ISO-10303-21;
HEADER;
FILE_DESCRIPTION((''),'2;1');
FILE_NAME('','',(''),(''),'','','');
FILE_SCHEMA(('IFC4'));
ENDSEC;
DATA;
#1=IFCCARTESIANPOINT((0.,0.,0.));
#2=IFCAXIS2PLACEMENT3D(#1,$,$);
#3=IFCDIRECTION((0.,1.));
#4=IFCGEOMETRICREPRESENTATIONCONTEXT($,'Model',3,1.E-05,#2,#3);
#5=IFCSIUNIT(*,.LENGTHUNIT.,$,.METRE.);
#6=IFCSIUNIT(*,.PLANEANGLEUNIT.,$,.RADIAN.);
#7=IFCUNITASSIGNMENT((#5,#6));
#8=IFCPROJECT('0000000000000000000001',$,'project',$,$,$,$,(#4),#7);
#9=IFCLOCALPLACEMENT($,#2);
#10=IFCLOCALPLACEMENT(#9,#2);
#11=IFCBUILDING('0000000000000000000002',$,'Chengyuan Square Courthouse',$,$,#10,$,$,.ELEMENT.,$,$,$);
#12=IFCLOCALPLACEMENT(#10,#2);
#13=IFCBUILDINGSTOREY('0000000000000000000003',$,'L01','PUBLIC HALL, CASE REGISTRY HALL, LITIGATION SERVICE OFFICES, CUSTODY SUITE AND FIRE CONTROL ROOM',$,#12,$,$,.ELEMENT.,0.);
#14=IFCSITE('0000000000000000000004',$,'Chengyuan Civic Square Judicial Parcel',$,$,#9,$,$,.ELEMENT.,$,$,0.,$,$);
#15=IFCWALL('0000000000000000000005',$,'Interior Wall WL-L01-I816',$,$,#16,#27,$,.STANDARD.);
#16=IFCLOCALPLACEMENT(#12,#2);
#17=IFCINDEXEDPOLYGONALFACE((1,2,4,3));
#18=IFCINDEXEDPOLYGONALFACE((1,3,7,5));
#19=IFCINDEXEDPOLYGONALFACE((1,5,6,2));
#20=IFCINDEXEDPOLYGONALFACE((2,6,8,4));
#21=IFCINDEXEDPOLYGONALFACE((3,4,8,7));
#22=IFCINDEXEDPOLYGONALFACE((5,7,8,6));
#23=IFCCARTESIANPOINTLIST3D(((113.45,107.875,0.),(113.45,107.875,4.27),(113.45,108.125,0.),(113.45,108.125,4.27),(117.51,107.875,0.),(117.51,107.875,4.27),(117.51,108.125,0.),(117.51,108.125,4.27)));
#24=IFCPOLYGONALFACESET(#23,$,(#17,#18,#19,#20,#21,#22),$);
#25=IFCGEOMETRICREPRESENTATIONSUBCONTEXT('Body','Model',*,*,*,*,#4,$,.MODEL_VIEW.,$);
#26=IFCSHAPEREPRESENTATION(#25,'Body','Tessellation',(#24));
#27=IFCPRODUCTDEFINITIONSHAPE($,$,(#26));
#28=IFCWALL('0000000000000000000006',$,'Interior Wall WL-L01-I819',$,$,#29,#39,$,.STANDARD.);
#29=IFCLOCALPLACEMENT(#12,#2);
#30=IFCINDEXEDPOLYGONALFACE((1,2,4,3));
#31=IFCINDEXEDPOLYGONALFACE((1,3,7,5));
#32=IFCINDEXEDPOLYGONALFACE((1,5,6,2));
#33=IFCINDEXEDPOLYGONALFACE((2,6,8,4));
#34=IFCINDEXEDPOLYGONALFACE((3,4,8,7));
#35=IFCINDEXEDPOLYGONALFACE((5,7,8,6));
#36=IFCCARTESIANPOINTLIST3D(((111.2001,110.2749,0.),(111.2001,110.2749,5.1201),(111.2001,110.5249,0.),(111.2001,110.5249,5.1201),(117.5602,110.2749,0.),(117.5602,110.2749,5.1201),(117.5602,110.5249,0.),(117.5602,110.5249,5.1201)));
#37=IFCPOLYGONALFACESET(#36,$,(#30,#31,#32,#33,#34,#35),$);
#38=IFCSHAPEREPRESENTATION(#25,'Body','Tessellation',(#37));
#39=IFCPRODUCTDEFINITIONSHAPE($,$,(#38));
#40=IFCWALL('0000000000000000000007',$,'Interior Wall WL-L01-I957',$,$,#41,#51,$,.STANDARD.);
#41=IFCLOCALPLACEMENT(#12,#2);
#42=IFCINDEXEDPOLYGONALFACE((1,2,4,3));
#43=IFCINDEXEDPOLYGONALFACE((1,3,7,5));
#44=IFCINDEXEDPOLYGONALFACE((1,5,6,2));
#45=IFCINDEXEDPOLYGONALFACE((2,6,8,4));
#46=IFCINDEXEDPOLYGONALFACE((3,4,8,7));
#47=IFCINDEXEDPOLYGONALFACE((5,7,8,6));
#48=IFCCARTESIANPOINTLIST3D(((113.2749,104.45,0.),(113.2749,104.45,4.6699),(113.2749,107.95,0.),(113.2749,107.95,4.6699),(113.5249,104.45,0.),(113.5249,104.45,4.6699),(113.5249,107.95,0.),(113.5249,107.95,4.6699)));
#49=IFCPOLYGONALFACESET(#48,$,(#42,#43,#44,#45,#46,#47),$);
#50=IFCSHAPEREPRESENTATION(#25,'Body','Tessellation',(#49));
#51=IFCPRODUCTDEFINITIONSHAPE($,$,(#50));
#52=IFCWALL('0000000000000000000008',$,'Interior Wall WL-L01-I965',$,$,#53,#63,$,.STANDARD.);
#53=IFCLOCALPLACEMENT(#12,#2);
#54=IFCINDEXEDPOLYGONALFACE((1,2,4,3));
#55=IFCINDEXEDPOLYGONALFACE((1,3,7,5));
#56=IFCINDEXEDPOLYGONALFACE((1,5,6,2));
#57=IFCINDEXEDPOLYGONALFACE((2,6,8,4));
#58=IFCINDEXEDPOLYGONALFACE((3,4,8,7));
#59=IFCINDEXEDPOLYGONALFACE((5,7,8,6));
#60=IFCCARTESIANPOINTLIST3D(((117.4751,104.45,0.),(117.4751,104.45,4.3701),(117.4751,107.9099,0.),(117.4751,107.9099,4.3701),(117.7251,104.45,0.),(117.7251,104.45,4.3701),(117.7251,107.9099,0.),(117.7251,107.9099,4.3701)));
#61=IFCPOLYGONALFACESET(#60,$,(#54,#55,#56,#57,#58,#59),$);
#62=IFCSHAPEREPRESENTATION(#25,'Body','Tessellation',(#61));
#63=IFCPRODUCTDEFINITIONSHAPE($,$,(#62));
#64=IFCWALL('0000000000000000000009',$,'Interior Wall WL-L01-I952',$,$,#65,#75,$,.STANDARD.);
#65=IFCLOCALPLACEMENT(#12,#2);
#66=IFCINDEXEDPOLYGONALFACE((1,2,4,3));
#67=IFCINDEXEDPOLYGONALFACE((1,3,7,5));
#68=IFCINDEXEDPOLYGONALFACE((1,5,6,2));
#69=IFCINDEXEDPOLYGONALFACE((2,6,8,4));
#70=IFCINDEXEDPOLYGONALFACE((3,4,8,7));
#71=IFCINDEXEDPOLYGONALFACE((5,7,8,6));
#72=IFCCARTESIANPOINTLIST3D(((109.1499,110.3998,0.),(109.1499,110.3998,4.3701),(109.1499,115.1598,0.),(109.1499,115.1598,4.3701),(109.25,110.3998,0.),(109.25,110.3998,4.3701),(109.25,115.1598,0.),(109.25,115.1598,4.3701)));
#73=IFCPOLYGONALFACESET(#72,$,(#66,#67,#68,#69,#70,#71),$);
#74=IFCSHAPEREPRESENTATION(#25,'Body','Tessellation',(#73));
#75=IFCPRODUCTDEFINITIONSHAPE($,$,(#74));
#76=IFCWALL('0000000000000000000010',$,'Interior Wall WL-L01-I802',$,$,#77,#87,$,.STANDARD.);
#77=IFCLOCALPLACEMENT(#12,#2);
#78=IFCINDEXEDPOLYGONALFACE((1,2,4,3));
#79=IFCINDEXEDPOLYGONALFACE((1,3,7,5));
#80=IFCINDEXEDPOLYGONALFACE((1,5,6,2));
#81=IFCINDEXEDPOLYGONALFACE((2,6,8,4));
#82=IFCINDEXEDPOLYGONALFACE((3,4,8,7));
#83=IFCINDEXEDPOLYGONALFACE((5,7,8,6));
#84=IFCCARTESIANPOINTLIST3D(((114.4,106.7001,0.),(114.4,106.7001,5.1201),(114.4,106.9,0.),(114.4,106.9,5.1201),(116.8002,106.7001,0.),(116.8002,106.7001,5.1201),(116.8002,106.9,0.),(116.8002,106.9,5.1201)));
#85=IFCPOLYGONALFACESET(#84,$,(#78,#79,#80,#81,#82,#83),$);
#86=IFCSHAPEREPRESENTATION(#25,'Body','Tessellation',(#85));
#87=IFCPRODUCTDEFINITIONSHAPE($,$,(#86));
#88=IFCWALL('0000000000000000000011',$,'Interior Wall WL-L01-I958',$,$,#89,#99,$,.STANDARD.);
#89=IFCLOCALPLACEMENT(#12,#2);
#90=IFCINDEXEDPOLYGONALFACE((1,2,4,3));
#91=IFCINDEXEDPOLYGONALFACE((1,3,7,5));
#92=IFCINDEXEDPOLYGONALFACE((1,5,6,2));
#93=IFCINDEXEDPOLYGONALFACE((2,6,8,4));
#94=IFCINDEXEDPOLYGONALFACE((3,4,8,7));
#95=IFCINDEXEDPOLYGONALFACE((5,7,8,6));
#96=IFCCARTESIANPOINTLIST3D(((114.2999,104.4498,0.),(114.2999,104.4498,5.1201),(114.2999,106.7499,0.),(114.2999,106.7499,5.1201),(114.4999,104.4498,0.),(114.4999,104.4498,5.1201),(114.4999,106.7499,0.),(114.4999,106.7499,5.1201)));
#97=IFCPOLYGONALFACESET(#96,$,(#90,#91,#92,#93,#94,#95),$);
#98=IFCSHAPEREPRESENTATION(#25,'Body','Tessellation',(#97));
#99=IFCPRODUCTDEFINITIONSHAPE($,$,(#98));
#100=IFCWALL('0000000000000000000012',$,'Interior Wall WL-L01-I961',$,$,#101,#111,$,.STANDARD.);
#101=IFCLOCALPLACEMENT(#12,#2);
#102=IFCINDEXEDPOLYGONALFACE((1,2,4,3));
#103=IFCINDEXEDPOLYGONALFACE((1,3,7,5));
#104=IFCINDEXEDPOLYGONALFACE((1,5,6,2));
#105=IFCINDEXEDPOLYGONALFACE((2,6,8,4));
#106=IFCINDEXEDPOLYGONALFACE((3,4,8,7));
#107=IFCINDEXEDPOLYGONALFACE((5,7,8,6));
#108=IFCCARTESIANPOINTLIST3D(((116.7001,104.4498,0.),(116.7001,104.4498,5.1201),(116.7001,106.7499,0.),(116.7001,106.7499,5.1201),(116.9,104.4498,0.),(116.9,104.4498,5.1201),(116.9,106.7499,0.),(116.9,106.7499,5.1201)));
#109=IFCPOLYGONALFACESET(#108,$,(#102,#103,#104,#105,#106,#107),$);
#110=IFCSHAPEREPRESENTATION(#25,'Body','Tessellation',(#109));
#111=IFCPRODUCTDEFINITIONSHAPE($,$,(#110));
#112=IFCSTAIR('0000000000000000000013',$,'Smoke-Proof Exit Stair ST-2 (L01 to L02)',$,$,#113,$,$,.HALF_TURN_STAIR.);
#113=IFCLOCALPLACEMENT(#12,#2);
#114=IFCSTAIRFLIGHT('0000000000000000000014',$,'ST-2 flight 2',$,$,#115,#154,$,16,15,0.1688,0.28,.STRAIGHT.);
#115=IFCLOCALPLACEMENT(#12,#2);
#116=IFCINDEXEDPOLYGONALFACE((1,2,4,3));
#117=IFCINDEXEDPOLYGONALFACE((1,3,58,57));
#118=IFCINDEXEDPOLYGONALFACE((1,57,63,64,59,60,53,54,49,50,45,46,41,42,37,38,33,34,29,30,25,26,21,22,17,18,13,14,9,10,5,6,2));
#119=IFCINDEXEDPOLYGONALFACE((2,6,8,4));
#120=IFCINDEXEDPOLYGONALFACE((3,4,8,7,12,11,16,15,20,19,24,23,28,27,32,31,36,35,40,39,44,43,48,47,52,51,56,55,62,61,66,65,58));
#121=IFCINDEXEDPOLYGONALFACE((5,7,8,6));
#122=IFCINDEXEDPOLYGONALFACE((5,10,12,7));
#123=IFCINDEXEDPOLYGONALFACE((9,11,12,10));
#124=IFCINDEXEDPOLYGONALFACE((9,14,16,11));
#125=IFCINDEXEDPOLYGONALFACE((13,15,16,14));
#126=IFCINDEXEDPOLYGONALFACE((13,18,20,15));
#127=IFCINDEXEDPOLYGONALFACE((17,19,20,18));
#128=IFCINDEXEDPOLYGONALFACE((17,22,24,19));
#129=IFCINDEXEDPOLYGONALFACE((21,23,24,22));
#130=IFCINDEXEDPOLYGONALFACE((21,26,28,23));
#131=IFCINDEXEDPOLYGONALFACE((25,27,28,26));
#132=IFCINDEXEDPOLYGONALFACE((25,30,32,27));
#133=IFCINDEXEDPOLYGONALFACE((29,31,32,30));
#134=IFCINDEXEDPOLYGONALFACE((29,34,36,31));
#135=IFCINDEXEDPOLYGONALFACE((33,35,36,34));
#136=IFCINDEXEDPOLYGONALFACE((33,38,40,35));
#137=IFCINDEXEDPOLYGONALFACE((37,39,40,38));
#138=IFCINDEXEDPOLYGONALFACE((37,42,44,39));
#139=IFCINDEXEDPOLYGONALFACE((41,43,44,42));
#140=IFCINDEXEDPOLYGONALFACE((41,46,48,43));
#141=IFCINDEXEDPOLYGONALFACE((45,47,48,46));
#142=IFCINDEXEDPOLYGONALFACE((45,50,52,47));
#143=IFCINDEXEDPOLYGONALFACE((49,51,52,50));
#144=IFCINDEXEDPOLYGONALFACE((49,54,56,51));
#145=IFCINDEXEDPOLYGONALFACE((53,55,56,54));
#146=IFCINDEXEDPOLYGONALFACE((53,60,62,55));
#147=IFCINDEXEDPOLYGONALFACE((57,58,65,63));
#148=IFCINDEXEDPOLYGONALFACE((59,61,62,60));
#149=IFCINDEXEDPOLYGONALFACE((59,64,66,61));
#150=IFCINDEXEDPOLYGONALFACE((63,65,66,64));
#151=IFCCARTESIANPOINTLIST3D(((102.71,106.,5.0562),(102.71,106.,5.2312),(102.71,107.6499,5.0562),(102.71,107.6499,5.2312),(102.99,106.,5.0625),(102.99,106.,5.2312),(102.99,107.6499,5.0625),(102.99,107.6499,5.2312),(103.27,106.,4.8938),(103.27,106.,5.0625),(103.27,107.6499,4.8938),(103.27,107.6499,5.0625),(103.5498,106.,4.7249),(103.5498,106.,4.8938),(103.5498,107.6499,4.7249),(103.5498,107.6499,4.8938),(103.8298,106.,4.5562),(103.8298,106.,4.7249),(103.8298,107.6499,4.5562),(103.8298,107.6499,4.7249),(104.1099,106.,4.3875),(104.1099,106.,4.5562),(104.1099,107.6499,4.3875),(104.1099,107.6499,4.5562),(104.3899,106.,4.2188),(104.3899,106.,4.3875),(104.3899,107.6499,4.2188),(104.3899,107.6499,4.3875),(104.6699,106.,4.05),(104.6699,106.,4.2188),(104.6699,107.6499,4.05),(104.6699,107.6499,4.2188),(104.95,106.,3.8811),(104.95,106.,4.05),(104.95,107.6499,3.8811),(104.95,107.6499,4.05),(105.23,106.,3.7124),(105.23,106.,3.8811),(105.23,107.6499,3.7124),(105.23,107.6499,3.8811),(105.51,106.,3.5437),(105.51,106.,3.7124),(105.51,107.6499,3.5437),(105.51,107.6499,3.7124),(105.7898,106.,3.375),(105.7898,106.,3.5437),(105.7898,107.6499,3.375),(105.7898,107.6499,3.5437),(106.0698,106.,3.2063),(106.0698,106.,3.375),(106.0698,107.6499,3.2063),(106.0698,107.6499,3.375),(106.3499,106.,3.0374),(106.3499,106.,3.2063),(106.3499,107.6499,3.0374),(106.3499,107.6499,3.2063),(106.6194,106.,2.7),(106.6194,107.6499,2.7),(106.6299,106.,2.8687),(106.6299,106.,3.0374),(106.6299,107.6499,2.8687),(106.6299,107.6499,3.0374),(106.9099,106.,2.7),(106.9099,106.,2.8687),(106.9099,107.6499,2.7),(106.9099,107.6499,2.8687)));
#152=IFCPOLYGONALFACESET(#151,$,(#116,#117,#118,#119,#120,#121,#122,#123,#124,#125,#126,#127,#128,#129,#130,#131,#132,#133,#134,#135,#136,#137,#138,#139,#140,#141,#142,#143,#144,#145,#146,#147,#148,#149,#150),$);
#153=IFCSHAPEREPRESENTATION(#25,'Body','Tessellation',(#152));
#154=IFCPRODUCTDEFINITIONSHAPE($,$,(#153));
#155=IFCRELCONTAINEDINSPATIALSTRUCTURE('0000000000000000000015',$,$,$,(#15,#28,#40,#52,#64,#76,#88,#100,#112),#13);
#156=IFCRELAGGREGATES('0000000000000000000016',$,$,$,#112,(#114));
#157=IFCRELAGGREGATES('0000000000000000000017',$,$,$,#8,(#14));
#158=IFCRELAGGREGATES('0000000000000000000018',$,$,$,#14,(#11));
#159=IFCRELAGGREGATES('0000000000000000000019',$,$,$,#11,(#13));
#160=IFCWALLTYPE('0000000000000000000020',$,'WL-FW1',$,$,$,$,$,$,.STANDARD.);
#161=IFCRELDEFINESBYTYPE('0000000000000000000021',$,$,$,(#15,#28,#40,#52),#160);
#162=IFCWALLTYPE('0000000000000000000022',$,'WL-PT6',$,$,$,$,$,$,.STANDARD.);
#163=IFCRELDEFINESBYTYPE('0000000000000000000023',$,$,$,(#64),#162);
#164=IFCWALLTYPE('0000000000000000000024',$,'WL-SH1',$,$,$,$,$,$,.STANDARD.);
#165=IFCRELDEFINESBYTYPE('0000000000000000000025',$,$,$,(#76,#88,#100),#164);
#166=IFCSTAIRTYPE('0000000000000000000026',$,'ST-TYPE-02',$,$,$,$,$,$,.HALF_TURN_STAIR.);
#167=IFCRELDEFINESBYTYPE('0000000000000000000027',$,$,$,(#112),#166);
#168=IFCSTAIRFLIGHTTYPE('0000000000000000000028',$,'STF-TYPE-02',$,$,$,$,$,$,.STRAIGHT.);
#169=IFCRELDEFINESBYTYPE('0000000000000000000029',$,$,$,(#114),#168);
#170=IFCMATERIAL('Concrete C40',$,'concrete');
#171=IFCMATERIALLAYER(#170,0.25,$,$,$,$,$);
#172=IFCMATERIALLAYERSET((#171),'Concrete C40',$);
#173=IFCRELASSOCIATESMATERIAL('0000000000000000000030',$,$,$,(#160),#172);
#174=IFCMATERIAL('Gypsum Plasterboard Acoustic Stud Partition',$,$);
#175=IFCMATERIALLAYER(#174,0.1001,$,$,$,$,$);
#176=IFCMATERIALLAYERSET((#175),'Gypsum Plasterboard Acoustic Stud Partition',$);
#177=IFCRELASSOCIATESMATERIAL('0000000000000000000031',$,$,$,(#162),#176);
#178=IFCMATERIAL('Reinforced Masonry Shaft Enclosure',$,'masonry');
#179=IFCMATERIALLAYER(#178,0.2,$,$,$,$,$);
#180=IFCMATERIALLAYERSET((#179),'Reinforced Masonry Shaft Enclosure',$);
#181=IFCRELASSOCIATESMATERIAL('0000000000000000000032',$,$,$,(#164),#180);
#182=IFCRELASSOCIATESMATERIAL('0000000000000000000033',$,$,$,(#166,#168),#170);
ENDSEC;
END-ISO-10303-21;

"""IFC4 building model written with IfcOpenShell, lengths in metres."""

from ifc_helpers import new_model, si_unit, direction, frame, frame_2d, origin, place, context, subcontext, project, spatial, polyline, rectangle, outline, extrude, material, layer, layer_set, type_object, element, aggregate, save


model = new_model("IFC4")

# Units and contexts
model_context = context("Model", 3, precision=1e-05, world=origin(), true_north=direction((0.0, 1.0)))
body_context = subcontext(model_context, "Body", "Model", "MODEL_VIEW")
ifc_project = project(units=[si_unit("LENGTHUNIT", "METRE"), si_unit("PLANEANGLEUNIT", "RADIAN")], contexts=[model_context])

# Site, building, storey
site_placement = place(None, origin())
site = spatial("IfcSite", under=ifc_project, at=site_placement, Name="Chengyuan Civic Square Judicial Parcel", CompositionType="ELEMENT", RefElevation=0.0)
building_placement = place(site_placement, origin())
building = spatial("IfcBuilding", under=site, at=building_placement, Name="Chengyuan Square Courthouse", CompositionType="ELEMENT")
storey_placement = place(building_placement, origin())
storey = spatial("IfcBuildingStorey", under=building, at=storey_placement, Name="L01", Description="PUBLIC HALL, CASE REGISTRY HALL, LITIGATION SERVICE OFFICES, CUSTODY SUITE AND FIRE CONTROL ROOM", CompositionType="ELEMENT", Elevation=0.0)

# Shared definitions
ifc_material_1 = material(Name="Concrete C40", Category="concrete")

# Shared definitions
ifc_layer_1 = layer(ifc_material_1, 0.25)
ifc_layer_set_1 = layer_set([ifc_layer_1], Name="Concrete C40")
wall_type_1 = type_object("IfcWallType", Name="WL-FW1", PredefinedType="STANDARD", material=ifc_layer_set_1)

# Walls
wall_1_placement = place(storey_placement, frame((113.45, 108.0, 0.0), z_axis=(0.0, 0.0, 1.0), x_axis=(1.0, 0.0, 0.0)))
element("IfcWall", 1, at=wall_1_placement, inside=storey, type_object=wall_type_1, Name="Interior Wall WL-L01-I816", PredefinedType="STANDARD", context=body_context, shape_type="SweptSolid", body=[
    extrude(rectangle(XDim=4.0601, YDim=0.25, at=frame_2d((2.03, 0.0))), origin(), (0.0, 0.0, 1.0), 4.27),
])
wall_2_placement = place(storey_placement, frame((111.2, 110.3999, 0.0), z_axis=(0.0, 0.0, 1.0), x_axis=(1.0, 0.0, 0.0)))
element("IfcWall", 2, at=wall_2_placement, inside=storey, type_object=wall_type_1, Name="Interior Wall WL-L01-I819", PredefinedType="STANDARD", context=body_context, shape_type="SweptSolid", body=[
    extrude(rectangle(XDim=6.3601, YDim=0.25, at=frame_2d((3.1802, 0.0))), origin(), (0.0, 0.0, 1.0), 5.1201),
])
wall_3_placement = place(storey_placement, frame((113.3999, 104.45, 0.0), z_axis=(0.0, 0.0, 1.0), x_axis=(0.0, 1.0, 0.0)))
element("IfcWall", 3, at=wall_3_placement, inside=storey, type_object=wall_type_1, Name="Interior Wall WL-L01-I957", PredefinedType="STANDARD", context=body_context, shape_type="SweptSolid", body=[
    extrude(rectangle(XDim=3.5, YDim=0.25, at=frame_2d((1.75, 0.0))), origin(), (0.0, 0.0, 1.0), 4.6699),
])
wall_4_placement = place(storey_placement, frame((117.6001, 104.45, 0.0), z_axis=(0.0, 0.0, 1.0), x_axis=(0.0, 1.0, 0.0)))
element("IfcWall", 4, at=wall_4_placement, inside=storey, type_object=wall_type_1, Name="Interior Wall WL-L01-I965", PredefinedType="STANDARD", context=body_context, shape_type="SweptSolid", body=[
    extrude(rectangle(XDim=3.46, YDim=0.25, at=frame_2d((1.73, 0.0))), origin(), (0.0, 0.0, 1.0), 4.3701),
])
ifc_material_2 = material(Name="Gypsum Plasterboard Acoustic Stud Partition")
ifc_layer_2 = layer(ifc_material_2, 0.1001)
ifc_layer_set_2 = layer_set([ifc_layer_2], Name="Gypsum Plasterboard Acoustic Stud Partition")
wall_type_2 = type_object("IfcWallType", Name="WL-PT6", PredefinedType="STANDARD", material=ifc_layer_set_2)
wall_5_placement = place(storey_placement, frame((109.2, 110.3999, 0.0), z_axis=(0.0, 0.0, 1.0), x_axis=(0.0, 1.0, 0.0)))
element("IfcWall", 5, at=wall_5_placement, inside=storey, type_object=wall_type_2, Name="Interior Wall WL-L01-I952", PredefinedType="STANDARD", context=body_context, shape_type="SweptSolid", body=[
    extrude(rectangle(XDim=4.76, YDim=0.1001, at=frame_2d((2.3799, 0.0))), origin(), (0.0, 0.0, 1.0), 4.3701),
])
ifc_material_3 = material(Name="Reinforced Masonry Shaft Enclosure", Category="masonry")
ifc_layer_3 = layer(ifc_material_3, 0.2)
ifc_layer_set_3 = layer_set([ifc_layer_3], Name="Reinforced Masonry Shaft Enclosure")
wall_type_3 = type_object("IfcWallType", Name="WL-SH1", PredefinedType="STANDARD", material=ifc_layer_set_3)
wall_6_placement = place(storey_placement, frame((114.3999, 106.8, 0.0), z_axis=(0.0, 0.0, 1.0), x_axis=(1.0, 0.0, 0.0)))
element("IfcWall", 6, at=wall_6_placement, inside=storey, type_object=wall_type_3, Name="Interior Wall WL-L01-I802", PredefinedType="STANDARD", context=body_context, shape_type="SweptSolid", body=[
    extrude(rectangle(XDim=2.4001, YDim=0.2, at=frame_2d((1.2002, 0.0))), origin(), (0.0, 0.0, 1.0), 5.1201),
])
for number, where, z_axis, x_axis, name in (
    (7, (114.3999, 104.45, 0.0), (0.0, 0.0, 1.0), (0.0, 1.0, 0.0), "Interior Wall WL-L01-I958"),
    (8, (116.8, 104.45, 0.0), (0.0, 0.0, 1.0), (0.0, 1.0, 0.0), "Interior Wall WL-L01-I961"),
):
    element("IfcWall", number, at=place(storey_placement, frame(where, z_axis=z_axis, x_axis=x_axis)), inside=storey, type_object=wall_type_3, Name=name, PredefinedType="STANDARD", context=body_context, shape_type="SweptSolid", body=[
        extrude(rectangle(XDim=2.3, YDim=0.2, at=frame_2d((1.1499, 0.0))), origin(), (0.0, 0.0, 1.0), 5.1201),
    ])

# Stair, stair flight
stair_type = type_object("IfcStairType", Name="ST-TYPE-02", PredefinedType="HALF_TURN_STAIR", material=ifc_material_1)
stair_placement = place(storey_placement, origin())
stair = element("IfcStair", 9, at=stair_placement, inside=storey, type_object=stair_type, Name="Smoke-Proof Exit Stair ST-2 (L01 to L02)", PredefinedType="HALF_TURN_STAIR")
stair_flight_type = type_object("IfcStairFlightType", Name="STF-TYPE-02", PredefinedType="STRAIGHT", material=ifc_material_1)
stair_flight_placement = place(storey_placement, frame((106.9099, 106.825, 2.7), z_axis=(0.0, 0.0, 1.0), x_axis=(-1.0, 0.0, 0.0)))
stair_flight = element("IfcStairFlight", 10, at=stair_flight_placement, type_object=stair_flight_type, Name="ST-2 flight 2", NumberOfRisers=16, NumberOfTreads=15, PredefinedType="STRAIGHT", RiserHeight=0.1688, TreadLength=0.28, context=body_context, shape_type="SweptSolid", body=[
    extrude(outline(polyline([(0.0, 0.0), (0.0, 0.1687), (0.28, 0.1687), (0.28, 0.3374), (0.5601, 0.3374), (0.5601, 0.5063), (0.8401, 0.5063), (0.8401, 0.675), (1.1201, 0.675), (1.1201, 0.8438), (1.3999, 0.8438), (1.3999, 1.0125), (1.6799, 1.0125), (1.6799, 1.1812), (1.96, 1.1812), (1.96, 1.3501), (2.24, 1.3501), (2.24, 1.5188), (2.52, 1.5188), (2.52, 1.6875), (2.8, 1.6875), (2.8, 1.8562), (3.0801, 1.8562), (3.0801, 2.0249), (3.3601, 2.0249), (3.3601, 2.1938), (3.6399, 2.1938), (3.6399, 2.3625), (3.9199, 2.3625), (3.9199, 2.5312), (4.2, 2.5312), (4.2, 2.7), (4.2, 2.3562), (0.2905, 0.0), (0.0, 0.0)])), frame((0.0, 0.825, 0.0), z_axis=(0.0, -1.0, 0.0), x_axis=(1.0, 0.0, 0.0)), (0.0, 0.0, 1.0), 1.6499),
])
aggregate(stair, [stair_flight])

save(model, "model.ifc")
